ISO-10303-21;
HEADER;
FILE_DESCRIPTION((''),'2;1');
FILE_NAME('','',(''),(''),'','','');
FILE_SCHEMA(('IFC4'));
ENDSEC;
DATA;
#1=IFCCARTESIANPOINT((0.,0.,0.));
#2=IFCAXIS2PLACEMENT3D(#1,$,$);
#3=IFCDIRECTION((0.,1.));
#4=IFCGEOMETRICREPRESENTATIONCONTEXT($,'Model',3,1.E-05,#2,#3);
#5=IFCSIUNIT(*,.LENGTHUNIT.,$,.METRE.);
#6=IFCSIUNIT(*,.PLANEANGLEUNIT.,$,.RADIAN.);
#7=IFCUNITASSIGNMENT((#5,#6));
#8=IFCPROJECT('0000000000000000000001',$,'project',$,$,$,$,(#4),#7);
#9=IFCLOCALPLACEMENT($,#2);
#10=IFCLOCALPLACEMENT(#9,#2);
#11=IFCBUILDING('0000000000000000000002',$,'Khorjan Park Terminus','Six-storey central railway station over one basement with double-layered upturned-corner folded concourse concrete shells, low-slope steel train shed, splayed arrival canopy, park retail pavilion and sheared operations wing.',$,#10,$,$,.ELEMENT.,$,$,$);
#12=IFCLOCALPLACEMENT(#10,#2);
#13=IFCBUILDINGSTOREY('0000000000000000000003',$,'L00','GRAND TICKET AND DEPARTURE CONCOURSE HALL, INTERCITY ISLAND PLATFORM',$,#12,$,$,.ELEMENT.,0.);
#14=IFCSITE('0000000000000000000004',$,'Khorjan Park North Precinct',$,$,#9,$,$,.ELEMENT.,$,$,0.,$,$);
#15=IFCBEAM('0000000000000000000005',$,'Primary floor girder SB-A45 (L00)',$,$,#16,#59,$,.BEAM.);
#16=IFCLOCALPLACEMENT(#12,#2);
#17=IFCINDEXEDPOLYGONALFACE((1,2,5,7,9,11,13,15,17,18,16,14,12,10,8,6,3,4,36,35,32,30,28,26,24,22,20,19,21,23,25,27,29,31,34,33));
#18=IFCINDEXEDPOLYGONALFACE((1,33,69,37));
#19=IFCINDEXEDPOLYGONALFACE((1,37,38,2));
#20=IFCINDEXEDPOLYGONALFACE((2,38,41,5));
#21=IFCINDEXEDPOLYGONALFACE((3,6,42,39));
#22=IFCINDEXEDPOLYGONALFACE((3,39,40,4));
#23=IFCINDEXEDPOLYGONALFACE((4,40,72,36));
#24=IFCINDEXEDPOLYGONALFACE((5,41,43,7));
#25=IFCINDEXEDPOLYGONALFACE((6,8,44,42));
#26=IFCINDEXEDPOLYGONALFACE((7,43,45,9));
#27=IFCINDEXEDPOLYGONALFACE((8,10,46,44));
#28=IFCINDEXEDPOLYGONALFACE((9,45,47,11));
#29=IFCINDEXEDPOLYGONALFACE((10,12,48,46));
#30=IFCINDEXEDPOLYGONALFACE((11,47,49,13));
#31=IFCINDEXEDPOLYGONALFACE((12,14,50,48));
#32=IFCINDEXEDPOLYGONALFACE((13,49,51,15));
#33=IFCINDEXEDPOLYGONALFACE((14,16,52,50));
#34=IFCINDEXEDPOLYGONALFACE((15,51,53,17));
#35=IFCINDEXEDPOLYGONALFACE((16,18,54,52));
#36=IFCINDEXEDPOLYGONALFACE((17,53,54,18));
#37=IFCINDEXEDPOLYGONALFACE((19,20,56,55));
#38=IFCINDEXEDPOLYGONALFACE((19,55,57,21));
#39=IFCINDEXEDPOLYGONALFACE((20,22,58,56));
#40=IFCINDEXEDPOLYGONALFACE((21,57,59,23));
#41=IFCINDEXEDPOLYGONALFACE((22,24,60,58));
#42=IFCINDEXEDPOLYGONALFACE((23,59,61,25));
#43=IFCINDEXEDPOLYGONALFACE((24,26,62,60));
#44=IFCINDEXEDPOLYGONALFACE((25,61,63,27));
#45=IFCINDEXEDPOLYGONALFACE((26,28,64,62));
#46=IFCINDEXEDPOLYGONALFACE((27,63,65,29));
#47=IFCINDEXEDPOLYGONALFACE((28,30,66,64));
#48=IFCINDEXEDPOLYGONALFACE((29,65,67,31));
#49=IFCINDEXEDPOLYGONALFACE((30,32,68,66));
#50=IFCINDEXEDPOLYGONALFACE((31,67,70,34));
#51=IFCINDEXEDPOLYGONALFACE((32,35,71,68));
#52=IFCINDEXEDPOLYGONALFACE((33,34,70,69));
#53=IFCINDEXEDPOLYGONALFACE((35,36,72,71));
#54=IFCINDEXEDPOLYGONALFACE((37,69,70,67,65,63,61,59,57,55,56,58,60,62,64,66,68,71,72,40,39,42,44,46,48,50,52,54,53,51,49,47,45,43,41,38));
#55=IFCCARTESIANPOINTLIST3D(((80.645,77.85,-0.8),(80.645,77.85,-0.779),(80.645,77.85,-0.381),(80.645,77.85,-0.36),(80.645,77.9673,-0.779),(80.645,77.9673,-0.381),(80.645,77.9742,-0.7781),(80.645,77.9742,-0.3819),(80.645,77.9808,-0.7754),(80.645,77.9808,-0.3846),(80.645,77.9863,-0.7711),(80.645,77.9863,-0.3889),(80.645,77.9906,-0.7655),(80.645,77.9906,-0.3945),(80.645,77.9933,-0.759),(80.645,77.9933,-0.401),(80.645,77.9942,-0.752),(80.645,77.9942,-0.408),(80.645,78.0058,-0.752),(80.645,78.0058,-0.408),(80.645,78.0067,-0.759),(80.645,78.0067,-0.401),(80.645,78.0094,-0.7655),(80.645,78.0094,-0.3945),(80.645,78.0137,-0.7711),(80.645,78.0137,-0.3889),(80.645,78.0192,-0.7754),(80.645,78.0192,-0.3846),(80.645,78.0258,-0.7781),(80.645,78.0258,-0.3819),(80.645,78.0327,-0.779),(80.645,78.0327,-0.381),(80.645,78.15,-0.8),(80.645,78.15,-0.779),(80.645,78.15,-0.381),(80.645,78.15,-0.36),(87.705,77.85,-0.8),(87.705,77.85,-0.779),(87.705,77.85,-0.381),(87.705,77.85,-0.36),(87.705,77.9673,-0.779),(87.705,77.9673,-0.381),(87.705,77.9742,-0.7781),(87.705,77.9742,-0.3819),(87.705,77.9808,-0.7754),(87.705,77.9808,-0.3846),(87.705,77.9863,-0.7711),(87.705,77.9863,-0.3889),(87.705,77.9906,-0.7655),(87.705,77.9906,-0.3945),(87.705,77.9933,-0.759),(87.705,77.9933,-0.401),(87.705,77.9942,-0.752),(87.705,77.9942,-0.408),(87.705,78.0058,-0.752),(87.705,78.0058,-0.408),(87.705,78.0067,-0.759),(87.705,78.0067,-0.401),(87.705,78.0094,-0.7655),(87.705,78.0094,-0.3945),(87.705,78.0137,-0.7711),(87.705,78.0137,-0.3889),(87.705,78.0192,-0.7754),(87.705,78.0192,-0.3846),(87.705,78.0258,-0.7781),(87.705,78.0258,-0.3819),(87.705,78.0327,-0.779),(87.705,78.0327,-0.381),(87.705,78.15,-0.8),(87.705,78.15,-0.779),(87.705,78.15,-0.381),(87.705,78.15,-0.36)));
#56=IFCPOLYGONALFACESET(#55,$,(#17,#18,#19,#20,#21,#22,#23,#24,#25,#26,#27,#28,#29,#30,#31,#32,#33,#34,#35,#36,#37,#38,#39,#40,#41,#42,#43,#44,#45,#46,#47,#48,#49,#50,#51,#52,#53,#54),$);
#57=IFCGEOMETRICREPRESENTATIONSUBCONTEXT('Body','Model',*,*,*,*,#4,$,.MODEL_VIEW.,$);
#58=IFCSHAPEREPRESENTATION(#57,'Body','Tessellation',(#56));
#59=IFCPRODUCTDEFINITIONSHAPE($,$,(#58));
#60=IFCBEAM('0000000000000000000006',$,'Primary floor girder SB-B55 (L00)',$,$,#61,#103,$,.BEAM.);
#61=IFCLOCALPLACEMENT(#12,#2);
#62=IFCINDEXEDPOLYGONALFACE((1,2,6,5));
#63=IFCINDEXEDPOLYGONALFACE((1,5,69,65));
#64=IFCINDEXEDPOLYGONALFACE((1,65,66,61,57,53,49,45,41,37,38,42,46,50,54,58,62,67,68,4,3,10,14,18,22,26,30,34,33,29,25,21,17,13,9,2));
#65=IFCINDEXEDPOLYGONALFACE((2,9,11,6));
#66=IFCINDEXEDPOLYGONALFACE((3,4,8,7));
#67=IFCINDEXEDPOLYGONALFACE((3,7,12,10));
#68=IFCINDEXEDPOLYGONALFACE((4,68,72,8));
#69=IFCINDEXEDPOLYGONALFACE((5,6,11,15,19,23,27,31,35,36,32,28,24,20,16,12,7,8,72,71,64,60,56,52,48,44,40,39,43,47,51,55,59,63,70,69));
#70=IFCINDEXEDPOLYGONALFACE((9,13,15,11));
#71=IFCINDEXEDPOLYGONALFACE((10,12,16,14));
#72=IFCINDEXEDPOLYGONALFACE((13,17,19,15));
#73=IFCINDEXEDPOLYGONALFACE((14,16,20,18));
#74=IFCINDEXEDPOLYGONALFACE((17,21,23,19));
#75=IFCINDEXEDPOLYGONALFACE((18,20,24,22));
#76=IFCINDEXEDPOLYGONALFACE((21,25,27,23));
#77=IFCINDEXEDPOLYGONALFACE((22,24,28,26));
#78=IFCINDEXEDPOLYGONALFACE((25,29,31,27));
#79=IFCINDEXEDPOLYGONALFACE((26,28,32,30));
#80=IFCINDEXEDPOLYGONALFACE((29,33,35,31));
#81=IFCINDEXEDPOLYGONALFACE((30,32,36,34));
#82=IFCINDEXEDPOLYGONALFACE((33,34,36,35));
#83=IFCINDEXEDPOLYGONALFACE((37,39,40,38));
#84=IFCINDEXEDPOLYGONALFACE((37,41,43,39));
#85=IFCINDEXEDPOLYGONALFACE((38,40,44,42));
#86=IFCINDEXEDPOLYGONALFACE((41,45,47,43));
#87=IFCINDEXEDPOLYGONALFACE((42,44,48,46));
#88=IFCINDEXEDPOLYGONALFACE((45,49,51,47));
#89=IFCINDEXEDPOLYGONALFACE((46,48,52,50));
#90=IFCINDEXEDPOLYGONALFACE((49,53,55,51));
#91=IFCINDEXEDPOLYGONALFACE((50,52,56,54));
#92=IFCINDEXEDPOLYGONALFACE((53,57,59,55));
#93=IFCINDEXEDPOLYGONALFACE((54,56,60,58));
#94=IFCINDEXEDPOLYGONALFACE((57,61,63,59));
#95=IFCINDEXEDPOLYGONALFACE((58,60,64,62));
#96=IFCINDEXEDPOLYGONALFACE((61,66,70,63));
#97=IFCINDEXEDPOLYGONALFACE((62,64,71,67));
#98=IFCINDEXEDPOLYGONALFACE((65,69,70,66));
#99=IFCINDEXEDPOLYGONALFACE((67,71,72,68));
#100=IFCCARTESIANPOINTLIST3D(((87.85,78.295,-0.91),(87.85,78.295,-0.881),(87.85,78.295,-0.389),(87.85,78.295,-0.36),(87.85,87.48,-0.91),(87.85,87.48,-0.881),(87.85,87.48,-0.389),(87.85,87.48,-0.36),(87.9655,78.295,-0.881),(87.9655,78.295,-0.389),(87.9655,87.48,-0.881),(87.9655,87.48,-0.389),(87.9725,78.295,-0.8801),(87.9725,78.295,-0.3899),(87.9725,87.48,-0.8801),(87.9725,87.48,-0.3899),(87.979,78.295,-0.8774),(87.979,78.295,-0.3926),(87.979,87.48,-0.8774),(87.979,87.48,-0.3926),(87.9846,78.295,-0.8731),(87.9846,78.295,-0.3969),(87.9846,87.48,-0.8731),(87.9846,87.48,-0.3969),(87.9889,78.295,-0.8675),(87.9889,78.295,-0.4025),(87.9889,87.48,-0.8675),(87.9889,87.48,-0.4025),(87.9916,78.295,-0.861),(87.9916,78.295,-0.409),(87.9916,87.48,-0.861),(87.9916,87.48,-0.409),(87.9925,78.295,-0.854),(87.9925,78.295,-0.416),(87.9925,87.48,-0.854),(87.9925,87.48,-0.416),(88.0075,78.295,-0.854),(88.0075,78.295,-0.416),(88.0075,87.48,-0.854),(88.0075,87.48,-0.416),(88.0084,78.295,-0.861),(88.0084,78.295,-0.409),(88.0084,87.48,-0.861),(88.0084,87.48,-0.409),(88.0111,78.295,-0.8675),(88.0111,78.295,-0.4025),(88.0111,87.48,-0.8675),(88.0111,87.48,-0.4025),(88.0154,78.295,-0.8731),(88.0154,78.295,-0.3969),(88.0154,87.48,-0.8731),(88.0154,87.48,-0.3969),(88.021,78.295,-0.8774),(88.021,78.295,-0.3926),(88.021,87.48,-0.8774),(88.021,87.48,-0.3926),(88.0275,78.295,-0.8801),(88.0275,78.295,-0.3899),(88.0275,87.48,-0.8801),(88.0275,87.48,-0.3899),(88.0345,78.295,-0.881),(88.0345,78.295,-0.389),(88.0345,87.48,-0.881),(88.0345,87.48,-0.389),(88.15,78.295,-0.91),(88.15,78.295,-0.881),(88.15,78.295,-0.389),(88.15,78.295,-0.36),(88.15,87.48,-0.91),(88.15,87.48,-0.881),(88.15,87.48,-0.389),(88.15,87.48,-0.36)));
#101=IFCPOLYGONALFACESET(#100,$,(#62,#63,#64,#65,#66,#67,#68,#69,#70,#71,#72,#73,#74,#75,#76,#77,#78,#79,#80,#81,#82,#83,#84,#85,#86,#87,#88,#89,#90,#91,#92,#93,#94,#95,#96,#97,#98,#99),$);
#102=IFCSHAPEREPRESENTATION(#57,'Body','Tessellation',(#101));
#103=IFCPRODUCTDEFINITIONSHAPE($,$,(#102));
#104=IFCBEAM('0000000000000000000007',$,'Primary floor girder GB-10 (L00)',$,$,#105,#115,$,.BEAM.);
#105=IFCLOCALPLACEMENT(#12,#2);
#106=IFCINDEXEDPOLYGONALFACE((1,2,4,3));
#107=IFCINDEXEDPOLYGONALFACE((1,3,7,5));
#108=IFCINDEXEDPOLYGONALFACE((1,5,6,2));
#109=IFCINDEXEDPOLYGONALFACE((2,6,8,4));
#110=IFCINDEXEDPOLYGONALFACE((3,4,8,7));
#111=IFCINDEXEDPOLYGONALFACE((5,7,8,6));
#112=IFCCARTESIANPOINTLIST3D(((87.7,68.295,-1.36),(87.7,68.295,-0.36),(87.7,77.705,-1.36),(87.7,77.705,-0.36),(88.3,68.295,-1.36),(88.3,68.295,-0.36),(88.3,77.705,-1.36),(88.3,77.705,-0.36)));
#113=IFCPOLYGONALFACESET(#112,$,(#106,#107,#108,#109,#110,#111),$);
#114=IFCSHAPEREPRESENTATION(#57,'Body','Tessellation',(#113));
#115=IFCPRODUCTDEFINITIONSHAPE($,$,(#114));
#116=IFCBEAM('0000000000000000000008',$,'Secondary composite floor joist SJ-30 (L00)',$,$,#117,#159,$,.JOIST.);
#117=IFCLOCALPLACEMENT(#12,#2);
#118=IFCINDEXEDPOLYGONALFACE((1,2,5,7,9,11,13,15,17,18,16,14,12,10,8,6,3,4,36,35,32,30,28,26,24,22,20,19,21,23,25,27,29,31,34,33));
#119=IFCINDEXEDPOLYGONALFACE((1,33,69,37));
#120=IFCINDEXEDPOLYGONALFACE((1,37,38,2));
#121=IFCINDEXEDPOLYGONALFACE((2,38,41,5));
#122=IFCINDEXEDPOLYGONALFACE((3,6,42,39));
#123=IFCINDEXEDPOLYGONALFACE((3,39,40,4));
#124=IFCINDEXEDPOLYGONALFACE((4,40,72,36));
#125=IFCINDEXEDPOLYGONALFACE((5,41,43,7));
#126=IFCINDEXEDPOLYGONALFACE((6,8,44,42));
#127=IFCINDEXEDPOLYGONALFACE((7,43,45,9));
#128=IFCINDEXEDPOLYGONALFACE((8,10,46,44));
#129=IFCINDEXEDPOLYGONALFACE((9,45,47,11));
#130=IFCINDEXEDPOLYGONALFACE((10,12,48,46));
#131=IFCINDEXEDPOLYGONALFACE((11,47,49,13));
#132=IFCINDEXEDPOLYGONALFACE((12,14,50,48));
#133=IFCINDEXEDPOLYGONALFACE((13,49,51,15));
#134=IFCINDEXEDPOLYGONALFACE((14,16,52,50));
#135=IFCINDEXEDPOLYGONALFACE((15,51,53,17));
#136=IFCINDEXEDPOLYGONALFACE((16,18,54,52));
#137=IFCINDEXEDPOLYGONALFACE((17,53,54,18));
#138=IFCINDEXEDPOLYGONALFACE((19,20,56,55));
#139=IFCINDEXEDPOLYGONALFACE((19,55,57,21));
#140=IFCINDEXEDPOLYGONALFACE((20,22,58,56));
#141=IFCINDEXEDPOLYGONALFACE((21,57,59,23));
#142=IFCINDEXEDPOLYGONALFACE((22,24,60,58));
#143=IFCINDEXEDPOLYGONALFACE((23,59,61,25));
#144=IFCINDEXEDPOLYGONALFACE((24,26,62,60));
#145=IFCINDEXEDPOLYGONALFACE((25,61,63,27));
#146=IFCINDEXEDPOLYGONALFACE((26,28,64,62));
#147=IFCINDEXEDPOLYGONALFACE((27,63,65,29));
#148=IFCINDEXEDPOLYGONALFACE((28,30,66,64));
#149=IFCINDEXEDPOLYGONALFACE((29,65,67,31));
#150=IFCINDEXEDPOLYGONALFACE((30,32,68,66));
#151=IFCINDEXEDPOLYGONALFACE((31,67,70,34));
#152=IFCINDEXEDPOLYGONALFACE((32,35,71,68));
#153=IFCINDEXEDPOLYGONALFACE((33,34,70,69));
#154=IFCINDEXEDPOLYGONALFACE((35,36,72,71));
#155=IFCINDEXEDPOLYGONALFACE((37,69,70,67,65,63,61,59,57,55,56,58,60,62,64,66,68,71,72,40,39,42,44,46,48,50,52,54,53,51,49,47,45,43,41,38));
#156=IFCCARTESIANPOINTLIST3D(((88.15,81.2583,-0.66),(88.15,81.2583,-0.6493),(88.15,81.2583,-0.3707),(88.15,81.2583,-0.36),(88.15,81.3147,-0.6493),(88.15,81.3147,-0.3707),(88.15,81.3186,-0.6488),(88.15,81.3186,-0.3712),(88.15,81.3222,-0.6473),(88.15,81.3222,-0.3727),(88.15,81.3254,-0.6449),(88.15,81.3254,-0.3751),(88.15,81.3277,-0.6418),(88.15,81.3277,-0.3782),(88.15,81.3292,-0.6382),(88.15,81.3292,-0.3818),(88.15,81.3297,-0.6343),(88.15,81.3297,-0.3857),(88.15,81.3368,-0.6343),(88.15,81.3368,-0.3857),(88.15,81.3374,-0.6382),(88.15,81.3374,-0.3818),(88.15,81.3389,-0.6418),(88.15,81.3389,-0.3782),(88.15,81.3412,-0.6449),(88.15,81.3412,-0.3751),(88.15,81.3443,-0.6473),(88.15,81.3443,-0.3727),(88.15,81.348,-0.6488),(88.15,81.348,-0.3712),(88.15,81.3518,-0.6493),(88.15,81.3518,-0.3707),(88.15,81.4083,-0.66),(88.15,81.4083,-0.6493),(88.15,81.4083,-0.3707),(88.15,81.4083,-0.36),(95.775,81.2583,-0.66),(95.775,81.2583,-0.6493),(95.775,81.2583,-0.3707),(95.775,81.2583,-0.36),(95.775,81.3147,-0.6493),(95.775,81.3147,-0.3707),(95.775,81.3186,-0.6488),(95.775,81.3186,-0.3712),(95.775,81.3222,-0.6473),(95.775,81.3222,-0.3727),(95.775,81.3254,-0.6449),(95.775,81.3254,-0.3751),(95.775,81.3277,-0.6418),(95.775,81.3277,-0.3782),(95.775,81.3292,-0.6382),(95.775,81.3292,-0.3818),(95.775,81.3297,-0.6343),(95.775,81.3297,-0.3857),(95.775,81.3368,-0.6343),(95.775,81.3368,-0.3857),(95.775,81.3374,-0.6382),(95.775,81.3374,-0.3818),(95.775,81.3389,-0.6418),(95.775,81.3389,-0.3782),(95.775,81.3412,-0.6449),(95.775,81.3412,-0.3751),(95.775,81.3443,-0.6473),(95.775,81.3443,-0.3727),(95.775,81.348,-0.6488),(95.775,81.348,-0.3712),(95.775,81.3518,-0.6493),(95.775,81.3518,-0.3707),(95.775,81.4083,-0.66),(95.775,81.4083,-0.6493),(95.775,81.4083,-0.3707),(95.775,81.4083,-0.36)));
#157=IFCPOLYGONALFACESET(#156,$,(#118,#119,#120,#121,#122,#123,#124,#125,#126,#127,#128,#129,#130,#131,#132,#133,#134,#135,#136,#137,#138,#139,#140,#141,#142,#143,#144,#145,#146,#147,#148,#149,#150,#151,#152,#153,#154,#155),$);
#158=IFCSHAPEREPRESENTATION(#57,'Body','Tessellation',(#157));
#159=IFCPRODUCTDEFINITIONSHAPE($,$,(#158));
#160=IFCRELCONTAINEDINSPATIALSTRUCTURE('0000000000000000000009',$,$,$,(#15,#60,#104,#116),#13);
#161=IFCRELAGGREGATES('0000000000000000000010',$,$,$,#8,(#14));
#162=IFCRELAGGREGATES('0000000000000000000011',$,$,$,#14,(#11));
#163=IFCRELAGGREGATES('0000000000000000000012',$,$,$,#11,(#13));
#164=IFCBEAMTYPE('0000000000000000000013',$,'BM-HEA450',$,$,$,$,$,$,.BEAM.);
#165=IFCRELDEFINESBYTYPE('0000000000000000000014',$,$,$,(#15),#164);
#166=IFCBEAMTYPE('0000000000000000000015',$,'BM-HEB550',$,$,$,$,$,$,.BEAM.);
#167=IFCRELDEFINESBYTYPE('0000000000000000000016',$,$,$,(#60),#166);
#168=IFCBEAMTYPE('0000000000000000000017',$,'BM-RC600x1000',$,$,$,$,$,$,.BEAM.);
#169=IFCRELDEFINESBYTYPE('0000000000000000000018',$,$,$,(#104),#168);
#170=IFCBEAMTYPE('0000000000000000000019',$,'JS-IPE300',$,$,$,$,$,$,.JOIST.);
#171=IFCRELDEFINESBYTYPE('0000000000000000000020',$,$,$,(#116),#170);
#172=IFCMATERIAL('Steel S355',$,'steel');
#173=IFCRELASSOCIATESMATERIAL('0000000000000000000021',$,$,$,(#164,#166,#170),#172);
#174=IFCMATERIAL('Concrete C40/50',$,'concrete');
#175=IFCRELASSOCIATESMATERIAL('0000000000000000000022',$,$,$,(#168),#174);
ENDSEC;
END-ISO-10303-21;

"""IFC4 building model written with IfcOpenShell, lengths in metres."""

from ifc_helpers import new_model, si_unit, direction, frame, origin, origin_2d, place, context, subcontext, project, spatial, rectangle, i_section, extrude, material, material_profile, profile_set, type_object, element, save


model = new_model("IFC4")

# Units and contexts
model_context = context("Model", 3, precision=1e-05, world=origin(), true_north=direction((0.0, 1.0)))
body_context = subcontext(model_context, "Body", "Model", "MODEL_VIEW")
ifc_project = project(units=[si_unit("LENGTHUNIT", "METRE"), si_unit("PLANEANGLEUNIT", "RADIAN")], contexts=[model_context])

# Site, building, storey
site_placement = place(None, origin())
site = spatial("IfcSite", under=ifc_project, at=site_placement, Name="Khorjan Park North Precinct", CompositionType="ELEMENT", RefElevation=0.0)
building_placement = place(site_placement, origin())
building = spatial("IfcBuilding", under=site, at=building_placement, Name="Khorjan Park Terminus", Description="Six-storey central railway station over one basement with double-layered upturned-corner folded concourse concrete shells, low-slope steel train shed, splayed arrival canopy, park retail pavilion and sheared operations wing.", CompositionType="ELEMENT")
storey_placement = place(building_placement, origin())
storey = spatial("IfcBuildingStorey", under=building, at=storey_placement, Name="L00", Description="GRAND TICKET AND DEPARTURE CONCOURSE HALL, INTERCITY ISLAND PLATFORM", CompositionType="ELEMENT", Elevation=0.0)

# Beams
ifc_material_1 = material(Name="Steel S355", Category="steel")
ifc_material_profile_1 = material_profile(ifc_material_1, i_section(OverallWidth=0.3, OverallDepth=0.44, WebThickness=0.0115, FlangeThickness=0.021, FilletRadius=0.027, at=origin_2d()), Name="HEA 450")
ifc_profile_set_1 = profile_set([ifc_material_profile_1], Name="Steel S355")
beam_type_1 = type_object("IfcBeamType", Name="BM-HEA450", PredefinedType="BEAM", material=ifc_profile_set_1)
beam_1_placement = place(storey_placement, frame((80.645, 78.0, -0.58), z_axis=(1.0, 0.0, 0.0), x_axis=(0.0, 1.0, 0.0)))
element("IfcBeam", 1, at=beam_1_placement, inside=storey, type_object=beam_type_1, Name="Primary floor girder SB-A45 (L00)", PredefinedType="BEAM", context=body_context, shape_type="SweptSolid", body=[
    extrude(i_section(OverallWidth=0.3, OverallDepth=0.44, WebThickness=0.0115, FlangeThickness=0.021, FilletRadius=0.027, at=origin_2d()), origin(), (0.0, 0.0, 1.0), 7.06),
])
ifc_material_profile_2 = material_profile(ifc_material_1, i_section(OverallWidth=0.3, OverallDepth=0.55, WebThickness=0.015, FlangeThickness=0.029, FilletRadius=0.027, at=origin_2d()), Name="HEB 550")
ifc_profile_set_2 = profile_set([ifc_material_profile_2], Name="Steel S355")
beam_type_2 = type_object("IfcBeamType", Name="BM-HEB550", PredefinedType="BEAM", material=ifc_profile_set_2)
beam_2_placement = place(storey_placement, frame((88.0, 78.295, -0.635), z_axis=(0.0, 1.0, 0.0), x_axis=(-1.0, 0.0, 0.0)))
element("IfcBeam", 2, at=beam_2_placement, inside=storey, type_object=beam_type_2, Name="Primary floor girder SB-B55 (L00)", PredefinedType="BEAM", context=body_context, shape_type="SweptSolid", body=[
    extrude(i_section(OverallWidth=0.3, OverallDepth=0.55, WebThickness=0.015, FlangeThickness=0.029, FilletRadius=0.027, at=origin_2d()), origin(), (0.0, 0.0, 1.0), 9.185),
])
ifc_material_2 = material(Name="Concrete C40/50", Category="concrete")
ifc_material_profile_3 = material_profile(ifc_material_2, rectangle(XDim=0.6, YDim=1.0, at=origin_2d()), Name="RC 600x1000")
ifc_profile_set_3 = profile_set([ifc_material_profile_3], Name="Concrete C40/50")
beam_type_3 = type_object("IfcBeamType", Name="BM-RC600x1000", PredefinedType="BEAM", material=ifc_profile_set_3)
beam_3_placement = place(storey_placement, frame((88.0, 68.295, -0.86), z_axis=(0.0, 1.0, 0.0), x_axis=(-1.0, 0.0, 0.0)))
element("IfcBeam", 3, at=beam_3_placement, inside=storey, type_object=beam_type_3, Name="Primary floor girder GB-10 (L00)", PredefinedType="BEAM", context=body_context, shape_type="SweptSolid", body=[
    extrude(rectangle(XDim=0.6, YDim=1.0, at=origin_2d()), origin(), (0.0, 0.0, 1.0), 9.41),
])
ifc_material_profile_4 = material_profile(ifc_material_1, i_section(OverallWidth=0.15, OverallDepth=0.3, WebThickness=0.0071, FlangeThickness=0.0107, FilletRadius=0.015, at=origin_2d()), Name="IPE 300")
ifc_profile_set_4 = profile_set([ifc_material_profile_4], Name="Steel S355")
beam_type_4 = type_object("IfcBeamType", Name="JS-IPE300", PredefinedType="JOIST", material=ifc_profile_set_4)
beam_4_placement = place(storey_placement, frame((88.15, 81.3333, -0.51), z_axis=(1.0, 0.0, 0.0), x_axis=(0.0, 1.0, 0.0)))
element("IfcBeam", 4, at=beam_4_placement, inside=storey, type_object=beam_type_4, Name="Secondary composite floor joist SJ-30 (L00)", PredefinedType="JOIST", context=body_context, shape_type="SweptSolid", body=[
    extrude(i_section(OverallWidth=0.15, OverallDepth=0.3, WebThickness=0.0071, FlangeThickness=0.0107, FilletRadius=0.015, at=origin_2d()), origin(), (0.0, 0.0, 1.0), 7.625),
])

save(model, "model.ifc")
